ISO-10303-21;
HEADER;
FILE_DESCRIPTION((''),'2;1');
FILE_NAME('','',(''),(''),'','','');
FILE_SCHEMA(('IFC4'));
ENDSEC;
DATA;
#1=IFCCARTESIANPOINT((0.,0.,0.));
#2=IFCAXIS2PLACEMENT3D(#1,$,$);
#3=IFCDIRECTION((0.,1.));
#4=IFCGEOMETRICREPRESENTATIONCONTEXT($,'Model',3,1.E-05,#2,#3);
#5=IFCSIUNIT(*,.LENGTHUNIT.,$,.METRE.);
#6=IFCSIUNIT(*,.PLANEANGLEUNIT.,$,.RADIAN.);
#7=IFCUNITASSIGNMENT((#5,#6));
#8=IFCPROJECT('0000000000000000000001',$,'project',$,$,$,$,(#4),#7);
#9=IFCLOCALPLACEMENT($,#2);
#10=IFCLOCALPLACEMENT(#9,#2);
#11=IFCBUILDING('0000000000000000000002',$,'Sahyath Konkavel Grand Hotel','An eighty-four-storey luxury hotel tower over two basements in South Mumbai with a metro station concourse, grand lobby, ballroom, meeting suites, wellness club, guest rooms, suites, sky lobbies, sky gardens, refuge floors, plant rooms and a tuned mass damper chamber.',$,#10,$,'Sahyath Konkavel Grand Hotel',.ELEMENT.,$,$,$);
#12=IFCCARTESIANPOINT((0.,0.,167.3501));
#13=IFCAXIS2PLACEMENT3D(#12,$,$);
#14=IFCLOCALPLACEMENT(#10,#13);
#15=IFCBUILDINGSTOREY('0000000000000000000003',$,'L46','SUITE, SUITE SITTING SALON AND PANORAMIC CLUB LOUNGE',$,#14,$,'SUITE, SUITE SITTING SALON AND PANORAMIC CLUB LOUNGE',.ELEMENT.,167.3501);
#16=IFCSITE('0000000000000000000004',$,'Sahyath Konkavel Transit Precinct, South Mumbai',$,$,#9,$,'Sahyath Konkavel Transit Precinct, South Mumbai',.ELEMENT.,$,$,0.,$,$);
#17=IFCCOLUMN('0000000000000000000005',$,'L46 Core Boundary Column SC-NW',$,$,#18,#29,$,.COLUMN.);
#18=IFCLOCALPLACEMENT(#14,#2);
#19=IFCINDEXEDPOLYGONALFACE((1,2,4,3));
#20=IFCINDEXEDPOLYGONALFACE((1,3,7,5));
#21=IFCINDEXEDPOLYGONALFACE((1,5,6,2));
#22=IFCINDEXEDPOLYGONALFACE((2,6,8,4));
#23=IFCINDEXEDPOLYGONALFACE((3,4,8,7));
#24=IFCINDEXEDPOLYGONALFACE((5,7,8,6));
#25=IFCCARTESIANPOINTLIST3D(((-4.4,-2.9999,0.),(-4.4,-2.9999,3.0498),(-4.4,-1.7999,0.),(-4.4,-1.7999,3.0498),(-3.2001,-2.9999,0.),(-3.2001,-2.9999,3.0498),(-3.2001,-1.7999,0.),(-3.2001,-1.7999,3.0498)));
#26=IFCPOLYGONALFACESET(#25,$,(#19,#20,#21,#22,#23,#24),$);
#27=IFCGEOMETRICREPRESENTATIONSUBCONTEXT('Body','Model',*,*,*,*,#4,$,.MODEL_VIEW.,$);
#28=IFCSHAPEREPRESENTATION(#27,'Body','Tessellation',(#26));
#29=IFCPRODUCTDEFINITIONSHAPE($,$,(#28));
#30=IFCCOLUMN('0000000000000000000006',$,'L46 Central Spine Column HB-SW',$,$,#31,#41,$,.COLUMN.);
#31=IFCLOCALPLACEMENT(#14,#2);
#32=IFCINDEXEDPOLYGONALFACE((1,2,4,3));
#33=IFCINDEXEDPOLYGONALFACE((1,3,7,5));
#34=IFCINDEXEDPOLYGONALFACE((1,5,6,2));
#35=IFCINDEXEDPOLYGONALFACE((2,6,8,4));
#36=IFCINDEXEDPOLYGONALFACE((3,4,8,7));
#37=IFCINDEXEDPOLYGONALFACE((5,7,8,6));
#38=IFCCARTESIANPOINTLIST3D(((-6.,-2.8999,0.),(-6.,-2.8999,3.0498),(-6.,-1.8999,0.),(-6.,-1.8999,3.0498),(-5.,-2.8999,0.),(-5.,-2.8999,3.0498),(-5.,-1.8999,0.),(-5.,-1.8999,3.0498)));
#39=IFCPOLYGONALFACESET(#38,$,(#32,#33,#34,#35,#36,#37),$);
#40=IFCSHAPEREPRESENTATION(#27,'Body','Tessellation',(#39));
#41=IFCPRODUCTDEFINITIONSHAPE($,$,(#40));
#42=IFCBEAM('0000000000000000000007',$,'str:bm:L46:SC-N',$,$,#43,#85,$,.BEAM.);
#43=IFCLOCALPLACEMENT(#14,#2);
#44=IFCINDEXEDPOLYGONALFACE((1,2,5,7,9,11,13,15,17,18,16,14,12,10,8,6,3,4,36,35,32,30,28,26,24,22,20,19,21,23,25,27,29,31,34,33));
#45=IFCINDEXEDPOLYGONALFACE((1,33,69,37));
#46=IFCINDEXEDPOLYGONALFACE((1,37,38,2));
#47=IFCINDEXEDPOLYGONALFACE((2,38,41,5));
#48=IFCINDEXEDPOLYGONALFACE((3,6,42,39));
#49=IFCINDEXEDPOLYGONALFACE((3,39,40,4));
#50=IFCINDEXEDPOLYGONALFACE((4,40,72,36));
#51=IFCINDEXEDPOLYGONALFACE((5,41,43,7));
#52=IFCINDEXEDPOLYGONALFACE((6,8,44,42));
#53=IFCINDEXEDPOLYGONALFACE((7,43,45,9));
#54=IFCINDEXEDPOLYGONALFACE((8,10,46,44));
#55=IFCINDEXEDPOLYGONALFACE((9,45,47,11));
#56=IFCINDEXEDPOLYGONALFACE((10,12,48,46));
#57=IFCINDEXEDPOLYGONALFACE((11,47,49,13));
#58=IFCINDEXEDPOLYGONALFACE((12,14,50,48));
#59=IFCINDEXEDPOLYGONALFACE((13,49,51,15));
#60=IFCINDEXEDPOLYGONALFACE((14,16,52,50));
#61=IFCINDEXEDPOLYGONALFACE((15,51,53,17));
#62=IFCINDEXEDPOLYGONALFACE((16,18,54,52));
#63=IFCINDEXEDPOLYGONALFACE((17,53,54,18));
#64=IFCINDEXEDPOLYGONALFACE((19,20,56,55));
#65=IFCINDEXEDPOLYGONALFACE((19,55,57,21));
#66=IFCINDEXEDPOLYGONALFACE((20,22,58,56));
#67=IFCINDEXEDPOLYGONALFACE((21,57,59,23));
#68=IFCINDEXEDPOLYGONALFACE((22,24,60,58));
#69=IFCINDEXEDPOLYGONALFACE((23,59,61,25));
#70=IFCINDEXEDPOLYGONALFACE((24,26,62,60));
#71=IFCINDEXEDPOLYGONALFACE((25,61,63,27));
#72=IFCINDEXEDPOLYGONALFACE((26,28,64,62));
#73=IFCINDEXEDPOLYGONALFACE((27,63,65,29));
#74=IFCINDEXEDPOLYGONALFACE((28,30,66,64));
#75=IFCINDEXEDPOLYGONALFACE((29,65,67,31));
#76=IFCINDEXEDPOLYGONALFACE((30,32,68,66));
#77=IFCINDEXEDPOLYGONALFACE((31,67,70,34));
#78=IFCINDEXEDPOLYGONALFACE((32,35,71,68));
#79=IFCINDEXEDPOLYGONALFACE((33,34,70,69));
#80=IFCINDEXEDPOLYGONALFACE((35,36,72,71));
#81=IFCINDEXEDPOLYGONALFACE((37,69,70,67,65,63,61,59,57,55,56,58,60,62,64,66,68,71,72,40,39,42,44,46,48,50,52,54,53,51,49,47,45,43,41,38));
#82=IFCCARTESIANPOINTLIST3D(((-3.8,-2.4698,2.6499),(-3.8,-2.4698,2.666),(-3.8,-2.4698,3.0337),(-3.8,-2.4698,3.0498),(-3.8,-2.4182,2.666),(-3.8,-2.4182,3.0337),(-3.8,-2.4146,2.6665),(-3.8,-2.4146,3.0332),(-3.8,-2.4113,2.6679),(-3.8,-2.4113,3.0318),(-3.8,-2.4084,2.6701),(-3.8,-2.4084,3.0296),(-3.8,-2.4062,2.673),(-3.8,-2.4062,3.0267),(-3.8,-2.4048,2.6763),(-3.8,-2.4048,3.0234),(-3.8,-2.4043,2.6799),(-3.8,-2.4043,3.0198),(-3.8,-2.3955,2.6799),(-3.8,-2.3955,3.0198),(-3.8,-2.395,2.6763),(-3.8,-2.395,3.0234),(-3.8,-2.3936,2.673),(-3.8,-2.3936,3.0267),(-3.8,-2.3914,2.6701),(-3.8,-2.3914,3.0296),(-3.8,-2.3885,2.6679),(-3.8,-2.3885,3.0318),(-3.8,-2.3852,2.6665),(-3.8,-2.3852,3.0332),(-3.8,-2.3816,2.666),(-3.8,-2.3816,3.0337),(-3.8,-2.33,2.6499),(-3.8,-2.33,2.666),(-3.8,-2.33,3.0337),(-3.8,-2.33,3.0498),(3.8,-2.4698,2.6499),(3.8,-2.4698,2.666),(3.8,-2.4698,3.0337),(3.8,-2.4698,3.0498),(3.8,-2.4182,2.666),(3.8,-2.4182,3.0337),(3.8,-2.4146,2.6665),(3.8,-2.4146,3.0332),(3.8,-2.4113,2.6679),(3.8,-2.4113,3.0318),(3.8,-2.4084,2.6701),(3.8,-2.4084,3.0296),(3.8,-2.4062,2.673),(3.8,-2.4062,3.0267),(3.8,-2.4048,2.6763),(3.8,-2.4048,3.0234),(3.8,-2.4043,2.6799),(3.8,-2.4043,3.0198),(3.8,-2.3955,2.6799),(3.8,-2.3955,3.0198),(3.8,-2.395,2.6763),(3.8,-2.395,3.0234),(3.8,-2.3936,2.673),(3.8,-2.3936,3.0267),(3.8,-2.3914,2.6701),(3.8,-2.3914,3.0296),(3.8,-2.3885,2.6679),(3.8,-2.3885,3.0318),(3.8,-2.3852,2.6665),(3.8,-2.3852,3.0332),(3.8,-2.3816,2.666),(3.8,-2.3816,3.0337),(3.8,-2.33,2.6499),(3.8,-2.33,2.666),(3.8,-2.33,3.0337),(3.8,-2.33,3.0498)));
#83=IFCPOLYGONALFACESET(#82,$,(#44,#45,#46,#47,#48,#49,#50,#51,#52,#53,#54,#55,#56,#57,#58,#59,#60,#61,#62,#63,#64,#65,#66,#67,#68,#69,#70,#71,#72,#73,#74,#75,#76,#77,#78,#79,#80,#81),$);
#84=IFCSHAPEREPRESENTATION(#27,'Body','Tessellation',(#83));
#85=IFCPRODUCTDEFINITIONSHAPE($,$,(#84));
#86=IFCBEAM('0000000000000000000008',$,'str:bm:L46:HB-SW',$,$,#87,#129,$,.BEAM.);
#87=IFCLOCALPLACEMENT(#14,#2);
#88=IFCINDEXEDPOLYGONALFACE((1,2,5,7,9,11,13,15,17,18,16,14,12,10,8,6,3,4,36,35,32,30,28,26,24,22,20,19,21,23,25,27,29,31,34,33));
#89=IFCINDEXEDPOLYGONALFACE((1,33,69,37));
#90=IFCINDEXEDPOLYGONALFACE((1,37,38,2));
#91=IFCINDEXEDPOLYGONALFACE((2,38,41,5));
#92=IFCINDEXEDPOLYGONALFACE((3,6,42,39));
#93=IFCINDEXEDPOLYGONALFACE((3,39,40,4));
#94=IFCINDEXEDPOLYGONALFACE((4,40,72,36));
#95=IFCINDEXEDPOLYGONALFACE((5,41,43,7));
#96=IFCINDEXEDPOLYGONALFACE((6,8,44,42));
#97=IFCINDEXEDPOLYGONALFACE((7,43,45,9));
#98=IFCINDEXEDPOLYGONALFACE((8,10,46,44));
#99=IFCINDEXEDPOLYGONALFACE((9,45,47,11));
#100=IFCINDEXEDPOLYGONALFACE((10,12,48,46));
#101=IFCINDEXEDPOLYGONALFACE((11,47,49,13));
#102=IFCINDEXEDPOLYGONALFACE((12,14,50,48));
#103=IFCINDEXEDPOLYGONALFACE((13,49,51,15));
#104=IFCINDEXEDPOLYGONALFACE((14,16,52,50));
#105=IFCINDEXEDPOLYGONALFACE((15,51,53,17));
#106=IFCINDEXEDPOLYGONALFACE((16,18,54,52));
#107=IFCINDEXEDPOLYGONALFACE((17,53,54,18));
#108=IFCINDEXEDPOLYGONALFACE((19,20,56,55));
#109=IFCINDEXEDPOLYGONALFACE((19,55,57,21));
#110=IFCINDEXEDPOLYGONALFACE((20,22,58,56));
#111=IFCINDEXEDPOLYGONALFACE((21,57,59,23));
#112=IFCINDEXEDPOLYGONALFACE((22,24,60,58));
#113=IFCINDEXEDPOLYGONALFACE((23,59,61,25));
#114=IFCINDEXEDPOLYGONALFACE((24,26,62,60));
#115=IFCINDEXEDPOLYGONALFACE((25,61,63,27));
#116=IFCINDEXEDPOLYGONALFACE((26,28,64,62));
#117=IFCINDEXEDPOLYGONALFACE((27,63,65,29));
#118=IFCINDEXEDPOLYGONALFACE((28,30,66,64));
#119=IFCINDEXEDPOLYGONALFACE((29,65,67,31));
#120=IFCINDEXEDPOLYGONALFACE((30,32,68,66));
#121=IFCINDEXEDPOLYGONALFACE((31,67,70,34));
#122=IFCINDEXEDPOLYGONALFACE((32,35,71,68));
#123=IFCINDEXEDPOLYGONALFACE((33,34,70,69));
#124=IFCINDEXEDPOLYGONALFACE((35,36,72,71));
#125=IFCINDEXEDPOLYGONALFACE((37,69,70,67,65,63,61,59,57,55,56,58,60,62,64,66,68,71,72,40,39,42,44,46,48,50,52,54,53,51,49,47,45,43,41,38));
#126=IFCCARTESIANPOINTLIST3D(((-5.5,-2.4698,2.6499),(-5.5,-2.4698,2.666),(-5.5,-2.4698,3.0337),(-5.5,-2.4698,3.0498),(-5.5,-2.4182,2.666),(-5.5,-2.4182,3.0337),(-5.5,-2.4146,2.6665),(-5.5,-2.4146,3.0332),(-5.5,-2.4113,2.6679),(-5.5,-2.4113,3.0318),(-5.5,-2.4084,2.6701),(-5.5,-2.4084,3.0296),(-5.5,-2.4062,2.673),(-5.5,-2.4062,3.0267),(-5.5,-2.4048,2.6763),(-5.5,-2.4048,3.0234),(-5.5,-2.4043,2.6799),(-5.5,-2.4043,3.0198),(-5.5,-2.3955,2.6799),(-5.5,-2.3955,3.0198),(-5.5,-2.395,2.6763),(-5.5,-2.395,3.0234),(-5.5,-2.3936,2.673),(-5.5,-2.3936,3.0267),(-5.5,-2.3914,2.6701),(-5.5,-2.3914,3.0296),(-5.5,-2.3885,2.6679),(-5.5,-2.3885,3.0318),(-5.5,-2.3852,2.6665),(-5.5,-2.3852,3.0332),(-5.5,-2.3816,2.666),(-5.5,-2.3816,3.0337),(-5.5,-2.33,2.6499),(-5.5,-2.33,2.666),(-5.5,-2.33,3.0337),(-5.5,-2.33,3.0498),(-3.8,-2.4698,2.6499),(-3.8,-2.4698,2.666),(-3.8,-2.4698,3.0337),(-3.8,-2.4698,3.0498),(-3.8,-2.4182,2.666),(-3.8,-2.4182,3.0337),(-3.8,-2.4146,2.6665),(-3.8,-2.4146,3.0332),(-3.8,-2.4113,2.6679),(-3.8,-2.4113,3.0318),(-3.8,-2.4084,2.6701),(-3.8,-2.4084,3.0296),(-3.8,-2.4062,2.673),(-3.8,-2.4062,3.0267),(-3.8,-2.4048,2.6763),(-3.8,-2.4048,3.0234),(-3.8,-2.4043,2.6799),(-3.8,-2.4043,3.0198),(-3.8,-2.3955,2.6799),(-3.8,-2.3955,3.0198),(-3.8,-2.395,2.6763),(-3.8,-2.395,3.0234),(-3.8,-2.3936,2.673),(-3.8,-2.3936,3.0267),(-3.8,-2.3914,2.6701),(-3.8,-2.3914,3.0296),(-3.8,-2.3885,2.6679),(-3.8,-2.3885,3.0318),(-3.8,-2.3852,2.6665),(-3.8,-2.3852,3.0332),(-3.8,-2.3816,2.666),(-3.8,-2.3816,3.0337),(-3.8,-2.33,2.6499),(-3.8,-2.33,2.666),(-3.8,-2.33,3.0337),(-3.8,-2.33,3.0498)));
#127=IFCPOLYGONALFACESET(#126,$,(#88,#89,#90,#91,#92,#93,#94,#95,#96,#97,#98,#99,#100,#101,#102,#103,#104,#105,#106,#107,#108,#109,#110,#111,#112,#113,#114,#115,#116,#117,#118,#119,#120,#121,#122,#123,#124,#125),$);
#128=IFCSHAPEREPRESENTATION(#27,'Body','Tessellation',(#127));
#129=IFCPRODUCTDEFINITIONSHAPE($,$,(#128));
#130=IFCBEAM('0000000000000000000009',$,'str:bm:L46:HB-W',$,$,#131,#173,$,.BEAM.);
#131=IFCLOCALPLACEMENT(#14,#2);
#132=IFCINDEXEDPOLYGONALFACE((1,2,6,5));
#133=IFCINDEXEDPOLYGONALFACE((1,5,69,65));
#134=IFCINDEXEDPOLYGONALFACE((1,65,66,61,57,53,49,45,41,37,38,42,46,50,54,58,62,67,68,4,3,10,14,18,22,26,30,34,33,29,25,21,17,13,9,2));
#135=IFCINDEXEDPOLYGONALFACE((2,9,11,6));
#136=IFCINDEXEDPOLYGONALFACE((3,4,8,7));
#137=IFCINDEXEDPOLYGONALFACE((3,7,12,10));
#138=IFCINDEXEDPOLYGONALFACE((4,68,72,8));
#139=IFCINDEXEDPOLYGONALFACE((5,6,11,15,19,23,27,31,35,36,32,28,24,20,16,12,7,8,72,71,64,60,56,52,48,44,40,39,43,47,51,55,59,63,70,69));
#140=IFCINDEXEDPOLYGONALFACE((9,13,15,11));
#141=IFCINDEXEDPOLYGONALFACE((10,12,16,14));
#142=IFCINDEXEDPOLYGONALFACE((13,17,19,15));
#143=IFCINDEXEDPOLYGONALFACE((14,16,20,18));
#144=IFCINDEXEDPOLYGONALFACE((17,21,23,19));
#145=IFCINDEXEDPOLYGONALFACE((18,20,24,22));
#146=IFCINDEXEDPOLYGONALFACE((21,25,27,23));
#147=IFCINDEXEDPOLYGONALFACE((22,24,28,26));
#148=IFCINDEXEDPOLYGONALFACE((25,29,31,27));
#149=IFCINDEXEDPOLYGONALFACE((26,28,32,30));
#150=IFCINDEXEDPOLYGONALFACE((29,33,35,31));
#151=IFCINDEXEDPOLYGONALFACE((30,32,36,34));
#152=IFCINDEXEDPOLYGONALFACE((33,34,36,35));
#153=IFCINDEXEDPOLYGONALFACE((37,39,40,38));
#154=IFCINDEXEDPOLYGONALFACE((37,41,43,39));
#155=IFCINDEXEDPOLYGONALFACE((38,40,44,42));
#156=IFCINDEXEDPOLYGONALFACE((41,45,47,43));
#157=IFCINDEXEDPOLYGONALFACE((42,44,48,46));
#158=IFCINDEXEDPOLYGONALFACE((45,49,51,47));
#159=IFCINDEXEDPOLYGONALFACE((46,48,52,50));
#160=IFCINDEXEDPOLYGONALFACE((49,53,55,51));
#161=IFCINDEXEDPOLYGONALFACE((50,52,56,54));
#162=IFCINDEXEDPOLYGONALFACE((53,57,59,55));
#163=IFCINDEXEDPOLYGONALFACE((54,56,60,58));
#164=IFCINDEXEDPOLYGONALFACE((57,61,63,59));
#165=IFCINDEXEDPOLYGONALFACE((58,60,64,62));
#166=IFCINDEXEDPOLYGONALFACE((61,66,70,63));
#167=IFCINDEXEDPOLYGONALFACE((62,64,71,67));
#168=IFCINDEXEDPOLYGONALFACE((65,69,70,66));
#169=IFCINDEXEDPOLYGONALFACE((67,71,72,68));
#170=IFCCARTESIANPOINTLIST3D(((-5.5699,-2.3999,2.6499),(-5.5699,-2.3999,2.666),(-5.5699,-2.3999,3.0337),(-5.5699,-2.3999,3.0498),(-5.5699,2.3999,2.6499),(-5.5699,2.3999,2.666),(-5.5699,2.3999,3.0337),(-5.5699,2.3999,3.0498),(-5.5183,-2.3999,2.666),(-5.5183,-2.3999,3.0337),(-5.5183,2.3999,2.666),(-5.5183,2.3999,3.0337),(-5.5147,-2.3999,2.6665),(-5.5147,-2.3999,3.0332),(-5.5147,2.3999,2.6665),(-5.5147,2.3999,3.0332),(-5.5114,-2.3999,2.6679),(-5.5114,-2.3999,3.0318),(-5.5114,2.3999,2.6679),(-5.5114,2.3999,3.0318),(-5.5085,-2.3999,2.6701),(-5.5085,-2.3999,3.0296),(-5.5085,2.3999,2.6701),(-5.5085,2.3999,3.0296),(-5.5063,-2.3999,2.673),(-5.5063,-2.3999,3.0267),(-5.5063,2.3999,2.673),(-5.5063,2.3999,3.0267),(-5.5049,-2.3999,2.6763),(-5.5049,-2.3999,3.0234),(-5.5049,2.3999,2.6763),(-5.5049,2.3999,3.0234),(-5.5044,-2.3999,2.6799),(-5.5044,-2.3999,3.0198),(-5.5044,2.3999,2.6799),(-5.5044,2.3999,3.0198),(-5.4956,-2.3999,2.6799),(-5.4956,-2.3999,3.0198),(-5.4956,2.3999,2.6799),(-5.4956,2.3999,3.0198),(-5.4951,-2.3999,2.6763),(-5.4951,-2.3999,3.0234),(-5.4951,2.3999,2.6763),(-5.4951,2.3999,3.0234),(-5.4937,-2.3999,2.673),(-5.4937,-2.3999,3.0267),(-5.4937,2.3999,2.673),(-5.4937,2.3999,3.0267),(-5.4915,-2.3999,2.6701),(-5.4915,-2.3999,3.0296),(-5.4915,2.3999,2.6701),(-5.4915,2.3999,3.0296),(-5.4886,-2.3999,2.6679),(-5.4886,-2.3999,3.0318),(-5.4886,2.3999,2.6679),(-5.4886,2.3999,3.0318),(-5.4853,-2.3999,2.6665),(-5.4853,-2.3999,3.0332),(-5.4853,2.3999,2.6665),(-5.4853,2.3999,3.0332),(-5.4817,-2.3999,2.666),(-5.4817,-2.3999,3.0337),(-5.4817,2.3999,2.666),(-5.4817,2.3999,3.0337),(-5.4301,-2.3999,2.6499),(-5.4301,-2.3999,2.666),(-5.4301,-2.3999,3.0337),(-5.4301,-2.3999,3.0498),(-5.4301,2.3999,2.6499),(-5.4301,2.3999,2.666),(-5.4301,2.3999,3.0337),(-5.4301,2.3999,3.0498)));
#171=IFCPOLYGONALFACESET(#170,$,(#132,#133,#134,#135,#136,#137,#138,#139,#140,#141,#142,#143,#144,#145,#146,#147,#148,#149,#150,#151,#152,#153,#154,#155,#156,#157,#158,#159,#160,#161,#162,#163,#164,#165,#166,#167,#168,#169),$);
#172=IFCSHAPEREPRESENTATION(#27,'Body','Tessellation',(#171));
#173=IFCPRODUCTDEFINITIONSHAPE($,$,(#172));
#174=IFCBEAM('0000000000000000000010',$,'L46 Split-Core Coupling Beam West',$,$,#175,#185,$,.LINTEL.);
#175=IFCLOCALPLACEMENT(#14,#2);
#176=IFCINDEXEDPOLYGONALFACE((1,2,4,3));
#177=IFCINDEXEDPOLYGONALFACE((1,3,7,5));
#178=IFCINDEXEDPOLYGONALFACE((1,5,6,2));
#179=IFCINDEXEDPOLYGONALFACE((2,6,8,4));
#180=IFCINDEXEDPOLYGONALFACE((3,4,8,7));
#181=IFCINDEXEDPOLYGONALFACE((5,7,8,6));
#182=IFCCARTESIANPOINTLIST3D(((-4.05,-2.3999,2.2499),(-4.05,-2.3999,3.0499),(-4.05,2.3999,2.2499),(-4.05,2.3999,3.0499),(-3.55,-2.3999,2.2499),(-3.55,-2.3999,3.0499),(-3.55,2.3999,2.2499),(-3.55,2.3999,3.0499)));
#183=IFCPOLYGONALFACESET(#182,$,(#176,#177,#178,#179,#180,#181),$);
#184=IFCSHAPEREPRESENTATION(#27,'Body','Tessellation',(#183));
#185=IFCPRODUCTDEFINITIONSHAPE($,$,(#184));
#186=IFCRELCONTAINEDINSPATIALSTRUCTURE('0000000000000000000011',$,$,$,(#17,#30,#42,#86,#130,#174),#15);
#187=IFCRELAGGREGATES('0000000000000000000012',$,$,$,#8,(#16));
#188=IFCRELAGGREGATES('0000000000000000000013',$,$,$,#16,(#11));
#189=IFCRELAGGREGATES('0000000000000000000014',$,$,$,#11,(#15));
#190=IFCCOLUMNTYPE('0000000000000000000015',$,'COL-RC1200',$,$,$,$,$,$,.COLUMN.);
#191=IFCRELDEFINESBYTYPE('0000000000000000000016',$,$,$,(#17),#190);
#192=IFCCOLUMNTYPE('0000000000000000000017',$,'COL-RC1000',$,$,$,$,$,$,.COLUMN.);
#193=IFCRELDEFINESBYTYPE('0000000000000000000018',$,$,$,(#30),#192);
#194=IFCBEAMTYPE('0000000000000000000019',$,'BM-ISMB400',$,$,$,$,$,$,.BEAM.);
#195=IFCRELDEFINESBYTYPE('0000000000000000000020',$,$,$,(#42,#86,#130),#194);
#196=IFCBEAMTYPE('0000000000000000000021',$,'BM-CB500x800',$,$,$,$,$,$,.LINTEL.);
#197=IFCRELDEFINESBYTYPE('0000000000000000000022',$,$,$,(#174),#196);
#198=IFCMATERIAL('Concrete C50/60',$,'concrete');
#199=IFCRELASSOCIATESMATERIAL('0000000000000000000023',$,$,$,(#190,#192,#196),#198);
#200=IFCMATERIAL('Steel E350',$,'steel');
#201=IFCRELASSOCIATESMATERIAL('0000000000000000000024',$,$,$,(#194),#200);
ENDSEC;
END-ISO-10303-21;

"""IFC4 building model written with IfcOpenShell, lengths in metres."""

from ifc_helpers import new_model, si_unit, direction, frame, origin, origin_2d, place, context, subcontext, project, spatial, rectangle, i_section, extrude, source, transform, mapped, material, material_profile, profile_set, type_object, element, save


model = new_model("IFC4")

# Units and contexts
model_context = context("Model", 3, precision=1e-05, world=origin(), true_north=direction((0.0, 1.0)))
body_context = subcontext(model_context, "Body", "Model", "MODEL_VIEW")
ifc_project = project(units=[si_unit("LENGTHUNIT", "METRE"), si_unit("PLANEANGLEUNIT", "RADIAN")], contexts=[model_context])

# Site, building, storey
site_placement = place(None, origin())
site = spatial("IfcSite", under=ifc_project, at=site_placement, Name="Sahyath Konkavel Transit Precinct, South Mumbai", LongName="Sahyath Konkavel Transit Precinct, South Mumbai", CompositionType="ELEMENT", RefElevation=0.0)
building_placement = place(site_placement, origin())
building = spatial("IfcBuilding", under=site, at=building_placement, Name="Sahyath Konkavel Grand Hotel", Description="An eighty-four-storey luxury hotel tower over two basements in South Mumbai with a metro station concourse, grand lobby, ballroom, meeting suites, wellness club, guest rooms, suites, sky lobbies, sky gardens, refuge floors, plant rooms and a tuned mass damper chamber.", LongName="Sahyath Konkavel Grand Hotel", CompositionType="ELEMENT")
storey_placement = place(building_placement, frame((0.0, 0.0, 167.3501)))
storey = spatial("IfcBuildingStorey", under=building, at=storey_placement, Name="L46", Description="SUITE, SUITE SITTING SALON AND PANORAMIC CLUB LOUNGE", LongName="SUITE, SUITE SITTING SALON AND PANORAMIC CLUB LOUNGE", CompositionType="ELEMENT", Elevation=167.3501)

# Columns
ifc_material_1 = material(Name="Concrete C50/60", Category="concrete")
ifc_material_profile_1 = material_profile(ifc_material_1, rectangle(XDim=1.2, YDim=1.2, at=origin_2d()), Name="RC 1200x1200")
ifc_profile_set_1 = profile_set([ifc_material_profile_1], Name="Concrete C50/60")
column_type_1 = type_object("IfcColumnType", Name="COL-RC1200", PredefinedType="COLUMN", material=ifc_profile_set_1)
shared_shape_1 = source(origin(), body_context, "Body", "SweptSolid", [
    extrude(rectangle(XDim=1.2, YDim=1.2, at=origin_2d()), origin(), (0.0, 0.0, 1.0), 3.0498),
])
column_1_placement = place(storey_placement, frame((-3.8, -2.3999, 0.0), z_axis=(0.0, 0.0, 1.0), x_axis=(1.0, 0.0, 0.0)))
element("IfcColumn", 1, at=column_1_placement, inside=storey, type_object=column_type_1, Name="L46 Core Boundary Column SC-NW", PredefinedType="COLUMN", context=body_context, shape_type="MappedRepresentation", body=[
    mapped(shared_shape_1, transform((0.0, 0.0, 0.0), scale=1.0)),
])
ifc_material_profile_2 = material_profile(ifc_material_1, rectangle(XDim=1.0, YDim=1.0, at=origin_2d()), Name="RC 1000x1000")
ifc_profile_set_2 = profile_set([ifc_material_profile_2], Name="Concrete C50/60")
column_type_2 = type_object("IfcColumnType", Name="COL-RC1000", PredefinedType="COLUMN", material=ifc_profile_set_2)
shared_shape_2 = source(origin(), body_context, "Body", "SweptSolid", [
    extrude(rectangle(XDim=1.0, YDim=1.0, at=origin_2d()), origin(), (0.0, 0.0, 1.0), 3.0498),
])
column_2_placement = place(storey_placement, frame((-5.5, -2.3999, 0.0), z_axis=(0.0, 0.0, 1.0), x_axis=(1.0, 0.0, 0.0)))
element("IfcColumn", 2, at=column_2_placement, inside=storey, type_object=column_type_2, Name="L46 Central Spine Column HB-SW", PredefinedType="COLUMN", context=body_context, shape_type="MappedRepresentation", body=[
    mapped(shared_shape_2, transform((0.0, 0.0, 0.0), scale=1.0)),
])

# Beams
ifc_material_2 = material(Name="Steel E350", Category="steel")
ifc_material_profile_3 = material_profile(ifc_material_2, i_section(OverallWidth=0.1399, OverallDepth=0.3999, WebThickness=0.0088, FlangeThickness=0.0161, FilletRadius=0.0139, at=origin_2d()), Name="ISMB 400")
ifc_profile_set_3 = profile_set([ifc_material_profile_3], Name="Steel E350")
beam_type_1 = type_object("IfcBeamType", Name="BM-ISMB400", PredefinedType="BEAM", material=ifc_profile_set_3)
shared_shape_3 = source(origin(), body_context, "Body", "SweptSolid", [
    extrude(i_section(OverallWidth=0.1399, OverallDepth=0.3999, WebThickness=0.0088, FlangeThickness=0.0161, FilletRadius=0.0139, at=origin_2d()), origin(), (0.0, 0.0, 1.0), 7.6001),
])
beam_1_placement = place(storey_placement, frame((-3.8, -2.3999, 2.8499), z_axis=(1.0, 0.0, 0.0), x_axis=(0.0, 1.0, 0.0)))
element("IfcBeam", 3, at=beam_1_placement, inside=storey, type_object=beam_type_1, Name="str:bm:L46:SC-N", PredefinedType="BEAM", context=body_context, shape_type="MappedRepresentation", body=[
    mapped(shared_shape_3, transform((0.0, 0.0, 0.0), scale=1.0)),
])
shared_shape_4 = source(origin(), body_context, "Body", "SweptSolid", [
    extrude(i_section(OverallWidth=0.1399, OverallDepth=0.3999, WebThickness=0.0088, FlangeThickness=0.0161, FilletRadius=0.0139, at=origin_2d()), origin(), (0.0, 0.0, 1.0), 1.7),
])
beam_2_placement = place(storey_placement, frame((-5.5, -2.3999, 2.8499), z_axis=(1.0, 0.0, 0.0), x_axis=(0.0, 1.0, 0.0)))
element("IfcBeam", 4, at=beam_2_placement, inside=storey, type_object=beam_type_1, Name="str:bm:L46:HB-SW", PredefinedType="BEAM", context=body_context, shape_type="MappedRepresentation", body=[
    mapped(shared_shape_4, transform((0.0, 0.0, 0.0), scale=1.0)),
])
shared_shape_5 = source(origin(), body_context, "Body", "SweptSolid", [
    extrude(i_section(OverallWidth=0.1399, OverallDepth=0.3999, WebThickness=0.0088, FlangeThickness=0.0161, FilletRadius=0.0139, at=origin_2d()), origin(), (0.0, 0.0, 1.0), 4.7998),
])
beam_3_placement = place(storey_placement, frame((-5.5, -2.3999, 2.8499), z_axis=(0.0, 1.0, 0.0), x_axis=(-1.0, 0.0, 0.0)))
element("IfcBeam", 5, at=beam_3_placement, inside=storey, type_object=beam_type_1, Name="str:bm:L46:HB-W", PredefinedType="BEAM", context=body_context, shape_type="MappedRepresentation", body=[
    mapped(shared_shape_5, transform((0.0, 0.0, 0.0), scale=1.0)),
])
ifc_material_profile_4 = material_profile(ifc_material_1, rectangle(XDim=0.5, YDim=0.8, at=origin_2d()), Name="RC 500x800")
ifc_profile_set_4 = profile_set([ifc_material_profile_4], Name="Concrete C50/60")
beam_type_2 = type_object("IfcBeamType", Name="BM-CB500x800", PredefinedType="LINTEL", material=ifc_profile_set_4)
shared_shape_6 = source(origin(), body_context, "Body", "SweptSolid", [
    extrude(rectangle(XDim=0.5, YDim=0.8, at=origin_2d()), origin(), (0.0, 0.0, 1.0), 4.7998),
])
beam_4_placement = place(storey_placement, frame((-3.8, -2.3999, 2.6499), z_axis=(0.0, 1.0, 0.0), x_axis=(-1.0, 0.0, 0.0)))
element("IfcBeam", 6, at=beam_4_placement, inside=storey, type_object=beam_type_2, Name="L46 Split-Core Coupling Beam West", PredefinedType="LINTEL", context=body_context, shape_type="MappedRepresentation", body=[
    mapped(shared_shape_6, transform((0.0, 0.0, 0.0), scale=1.0)),
])

save(model, "model.ifc")
